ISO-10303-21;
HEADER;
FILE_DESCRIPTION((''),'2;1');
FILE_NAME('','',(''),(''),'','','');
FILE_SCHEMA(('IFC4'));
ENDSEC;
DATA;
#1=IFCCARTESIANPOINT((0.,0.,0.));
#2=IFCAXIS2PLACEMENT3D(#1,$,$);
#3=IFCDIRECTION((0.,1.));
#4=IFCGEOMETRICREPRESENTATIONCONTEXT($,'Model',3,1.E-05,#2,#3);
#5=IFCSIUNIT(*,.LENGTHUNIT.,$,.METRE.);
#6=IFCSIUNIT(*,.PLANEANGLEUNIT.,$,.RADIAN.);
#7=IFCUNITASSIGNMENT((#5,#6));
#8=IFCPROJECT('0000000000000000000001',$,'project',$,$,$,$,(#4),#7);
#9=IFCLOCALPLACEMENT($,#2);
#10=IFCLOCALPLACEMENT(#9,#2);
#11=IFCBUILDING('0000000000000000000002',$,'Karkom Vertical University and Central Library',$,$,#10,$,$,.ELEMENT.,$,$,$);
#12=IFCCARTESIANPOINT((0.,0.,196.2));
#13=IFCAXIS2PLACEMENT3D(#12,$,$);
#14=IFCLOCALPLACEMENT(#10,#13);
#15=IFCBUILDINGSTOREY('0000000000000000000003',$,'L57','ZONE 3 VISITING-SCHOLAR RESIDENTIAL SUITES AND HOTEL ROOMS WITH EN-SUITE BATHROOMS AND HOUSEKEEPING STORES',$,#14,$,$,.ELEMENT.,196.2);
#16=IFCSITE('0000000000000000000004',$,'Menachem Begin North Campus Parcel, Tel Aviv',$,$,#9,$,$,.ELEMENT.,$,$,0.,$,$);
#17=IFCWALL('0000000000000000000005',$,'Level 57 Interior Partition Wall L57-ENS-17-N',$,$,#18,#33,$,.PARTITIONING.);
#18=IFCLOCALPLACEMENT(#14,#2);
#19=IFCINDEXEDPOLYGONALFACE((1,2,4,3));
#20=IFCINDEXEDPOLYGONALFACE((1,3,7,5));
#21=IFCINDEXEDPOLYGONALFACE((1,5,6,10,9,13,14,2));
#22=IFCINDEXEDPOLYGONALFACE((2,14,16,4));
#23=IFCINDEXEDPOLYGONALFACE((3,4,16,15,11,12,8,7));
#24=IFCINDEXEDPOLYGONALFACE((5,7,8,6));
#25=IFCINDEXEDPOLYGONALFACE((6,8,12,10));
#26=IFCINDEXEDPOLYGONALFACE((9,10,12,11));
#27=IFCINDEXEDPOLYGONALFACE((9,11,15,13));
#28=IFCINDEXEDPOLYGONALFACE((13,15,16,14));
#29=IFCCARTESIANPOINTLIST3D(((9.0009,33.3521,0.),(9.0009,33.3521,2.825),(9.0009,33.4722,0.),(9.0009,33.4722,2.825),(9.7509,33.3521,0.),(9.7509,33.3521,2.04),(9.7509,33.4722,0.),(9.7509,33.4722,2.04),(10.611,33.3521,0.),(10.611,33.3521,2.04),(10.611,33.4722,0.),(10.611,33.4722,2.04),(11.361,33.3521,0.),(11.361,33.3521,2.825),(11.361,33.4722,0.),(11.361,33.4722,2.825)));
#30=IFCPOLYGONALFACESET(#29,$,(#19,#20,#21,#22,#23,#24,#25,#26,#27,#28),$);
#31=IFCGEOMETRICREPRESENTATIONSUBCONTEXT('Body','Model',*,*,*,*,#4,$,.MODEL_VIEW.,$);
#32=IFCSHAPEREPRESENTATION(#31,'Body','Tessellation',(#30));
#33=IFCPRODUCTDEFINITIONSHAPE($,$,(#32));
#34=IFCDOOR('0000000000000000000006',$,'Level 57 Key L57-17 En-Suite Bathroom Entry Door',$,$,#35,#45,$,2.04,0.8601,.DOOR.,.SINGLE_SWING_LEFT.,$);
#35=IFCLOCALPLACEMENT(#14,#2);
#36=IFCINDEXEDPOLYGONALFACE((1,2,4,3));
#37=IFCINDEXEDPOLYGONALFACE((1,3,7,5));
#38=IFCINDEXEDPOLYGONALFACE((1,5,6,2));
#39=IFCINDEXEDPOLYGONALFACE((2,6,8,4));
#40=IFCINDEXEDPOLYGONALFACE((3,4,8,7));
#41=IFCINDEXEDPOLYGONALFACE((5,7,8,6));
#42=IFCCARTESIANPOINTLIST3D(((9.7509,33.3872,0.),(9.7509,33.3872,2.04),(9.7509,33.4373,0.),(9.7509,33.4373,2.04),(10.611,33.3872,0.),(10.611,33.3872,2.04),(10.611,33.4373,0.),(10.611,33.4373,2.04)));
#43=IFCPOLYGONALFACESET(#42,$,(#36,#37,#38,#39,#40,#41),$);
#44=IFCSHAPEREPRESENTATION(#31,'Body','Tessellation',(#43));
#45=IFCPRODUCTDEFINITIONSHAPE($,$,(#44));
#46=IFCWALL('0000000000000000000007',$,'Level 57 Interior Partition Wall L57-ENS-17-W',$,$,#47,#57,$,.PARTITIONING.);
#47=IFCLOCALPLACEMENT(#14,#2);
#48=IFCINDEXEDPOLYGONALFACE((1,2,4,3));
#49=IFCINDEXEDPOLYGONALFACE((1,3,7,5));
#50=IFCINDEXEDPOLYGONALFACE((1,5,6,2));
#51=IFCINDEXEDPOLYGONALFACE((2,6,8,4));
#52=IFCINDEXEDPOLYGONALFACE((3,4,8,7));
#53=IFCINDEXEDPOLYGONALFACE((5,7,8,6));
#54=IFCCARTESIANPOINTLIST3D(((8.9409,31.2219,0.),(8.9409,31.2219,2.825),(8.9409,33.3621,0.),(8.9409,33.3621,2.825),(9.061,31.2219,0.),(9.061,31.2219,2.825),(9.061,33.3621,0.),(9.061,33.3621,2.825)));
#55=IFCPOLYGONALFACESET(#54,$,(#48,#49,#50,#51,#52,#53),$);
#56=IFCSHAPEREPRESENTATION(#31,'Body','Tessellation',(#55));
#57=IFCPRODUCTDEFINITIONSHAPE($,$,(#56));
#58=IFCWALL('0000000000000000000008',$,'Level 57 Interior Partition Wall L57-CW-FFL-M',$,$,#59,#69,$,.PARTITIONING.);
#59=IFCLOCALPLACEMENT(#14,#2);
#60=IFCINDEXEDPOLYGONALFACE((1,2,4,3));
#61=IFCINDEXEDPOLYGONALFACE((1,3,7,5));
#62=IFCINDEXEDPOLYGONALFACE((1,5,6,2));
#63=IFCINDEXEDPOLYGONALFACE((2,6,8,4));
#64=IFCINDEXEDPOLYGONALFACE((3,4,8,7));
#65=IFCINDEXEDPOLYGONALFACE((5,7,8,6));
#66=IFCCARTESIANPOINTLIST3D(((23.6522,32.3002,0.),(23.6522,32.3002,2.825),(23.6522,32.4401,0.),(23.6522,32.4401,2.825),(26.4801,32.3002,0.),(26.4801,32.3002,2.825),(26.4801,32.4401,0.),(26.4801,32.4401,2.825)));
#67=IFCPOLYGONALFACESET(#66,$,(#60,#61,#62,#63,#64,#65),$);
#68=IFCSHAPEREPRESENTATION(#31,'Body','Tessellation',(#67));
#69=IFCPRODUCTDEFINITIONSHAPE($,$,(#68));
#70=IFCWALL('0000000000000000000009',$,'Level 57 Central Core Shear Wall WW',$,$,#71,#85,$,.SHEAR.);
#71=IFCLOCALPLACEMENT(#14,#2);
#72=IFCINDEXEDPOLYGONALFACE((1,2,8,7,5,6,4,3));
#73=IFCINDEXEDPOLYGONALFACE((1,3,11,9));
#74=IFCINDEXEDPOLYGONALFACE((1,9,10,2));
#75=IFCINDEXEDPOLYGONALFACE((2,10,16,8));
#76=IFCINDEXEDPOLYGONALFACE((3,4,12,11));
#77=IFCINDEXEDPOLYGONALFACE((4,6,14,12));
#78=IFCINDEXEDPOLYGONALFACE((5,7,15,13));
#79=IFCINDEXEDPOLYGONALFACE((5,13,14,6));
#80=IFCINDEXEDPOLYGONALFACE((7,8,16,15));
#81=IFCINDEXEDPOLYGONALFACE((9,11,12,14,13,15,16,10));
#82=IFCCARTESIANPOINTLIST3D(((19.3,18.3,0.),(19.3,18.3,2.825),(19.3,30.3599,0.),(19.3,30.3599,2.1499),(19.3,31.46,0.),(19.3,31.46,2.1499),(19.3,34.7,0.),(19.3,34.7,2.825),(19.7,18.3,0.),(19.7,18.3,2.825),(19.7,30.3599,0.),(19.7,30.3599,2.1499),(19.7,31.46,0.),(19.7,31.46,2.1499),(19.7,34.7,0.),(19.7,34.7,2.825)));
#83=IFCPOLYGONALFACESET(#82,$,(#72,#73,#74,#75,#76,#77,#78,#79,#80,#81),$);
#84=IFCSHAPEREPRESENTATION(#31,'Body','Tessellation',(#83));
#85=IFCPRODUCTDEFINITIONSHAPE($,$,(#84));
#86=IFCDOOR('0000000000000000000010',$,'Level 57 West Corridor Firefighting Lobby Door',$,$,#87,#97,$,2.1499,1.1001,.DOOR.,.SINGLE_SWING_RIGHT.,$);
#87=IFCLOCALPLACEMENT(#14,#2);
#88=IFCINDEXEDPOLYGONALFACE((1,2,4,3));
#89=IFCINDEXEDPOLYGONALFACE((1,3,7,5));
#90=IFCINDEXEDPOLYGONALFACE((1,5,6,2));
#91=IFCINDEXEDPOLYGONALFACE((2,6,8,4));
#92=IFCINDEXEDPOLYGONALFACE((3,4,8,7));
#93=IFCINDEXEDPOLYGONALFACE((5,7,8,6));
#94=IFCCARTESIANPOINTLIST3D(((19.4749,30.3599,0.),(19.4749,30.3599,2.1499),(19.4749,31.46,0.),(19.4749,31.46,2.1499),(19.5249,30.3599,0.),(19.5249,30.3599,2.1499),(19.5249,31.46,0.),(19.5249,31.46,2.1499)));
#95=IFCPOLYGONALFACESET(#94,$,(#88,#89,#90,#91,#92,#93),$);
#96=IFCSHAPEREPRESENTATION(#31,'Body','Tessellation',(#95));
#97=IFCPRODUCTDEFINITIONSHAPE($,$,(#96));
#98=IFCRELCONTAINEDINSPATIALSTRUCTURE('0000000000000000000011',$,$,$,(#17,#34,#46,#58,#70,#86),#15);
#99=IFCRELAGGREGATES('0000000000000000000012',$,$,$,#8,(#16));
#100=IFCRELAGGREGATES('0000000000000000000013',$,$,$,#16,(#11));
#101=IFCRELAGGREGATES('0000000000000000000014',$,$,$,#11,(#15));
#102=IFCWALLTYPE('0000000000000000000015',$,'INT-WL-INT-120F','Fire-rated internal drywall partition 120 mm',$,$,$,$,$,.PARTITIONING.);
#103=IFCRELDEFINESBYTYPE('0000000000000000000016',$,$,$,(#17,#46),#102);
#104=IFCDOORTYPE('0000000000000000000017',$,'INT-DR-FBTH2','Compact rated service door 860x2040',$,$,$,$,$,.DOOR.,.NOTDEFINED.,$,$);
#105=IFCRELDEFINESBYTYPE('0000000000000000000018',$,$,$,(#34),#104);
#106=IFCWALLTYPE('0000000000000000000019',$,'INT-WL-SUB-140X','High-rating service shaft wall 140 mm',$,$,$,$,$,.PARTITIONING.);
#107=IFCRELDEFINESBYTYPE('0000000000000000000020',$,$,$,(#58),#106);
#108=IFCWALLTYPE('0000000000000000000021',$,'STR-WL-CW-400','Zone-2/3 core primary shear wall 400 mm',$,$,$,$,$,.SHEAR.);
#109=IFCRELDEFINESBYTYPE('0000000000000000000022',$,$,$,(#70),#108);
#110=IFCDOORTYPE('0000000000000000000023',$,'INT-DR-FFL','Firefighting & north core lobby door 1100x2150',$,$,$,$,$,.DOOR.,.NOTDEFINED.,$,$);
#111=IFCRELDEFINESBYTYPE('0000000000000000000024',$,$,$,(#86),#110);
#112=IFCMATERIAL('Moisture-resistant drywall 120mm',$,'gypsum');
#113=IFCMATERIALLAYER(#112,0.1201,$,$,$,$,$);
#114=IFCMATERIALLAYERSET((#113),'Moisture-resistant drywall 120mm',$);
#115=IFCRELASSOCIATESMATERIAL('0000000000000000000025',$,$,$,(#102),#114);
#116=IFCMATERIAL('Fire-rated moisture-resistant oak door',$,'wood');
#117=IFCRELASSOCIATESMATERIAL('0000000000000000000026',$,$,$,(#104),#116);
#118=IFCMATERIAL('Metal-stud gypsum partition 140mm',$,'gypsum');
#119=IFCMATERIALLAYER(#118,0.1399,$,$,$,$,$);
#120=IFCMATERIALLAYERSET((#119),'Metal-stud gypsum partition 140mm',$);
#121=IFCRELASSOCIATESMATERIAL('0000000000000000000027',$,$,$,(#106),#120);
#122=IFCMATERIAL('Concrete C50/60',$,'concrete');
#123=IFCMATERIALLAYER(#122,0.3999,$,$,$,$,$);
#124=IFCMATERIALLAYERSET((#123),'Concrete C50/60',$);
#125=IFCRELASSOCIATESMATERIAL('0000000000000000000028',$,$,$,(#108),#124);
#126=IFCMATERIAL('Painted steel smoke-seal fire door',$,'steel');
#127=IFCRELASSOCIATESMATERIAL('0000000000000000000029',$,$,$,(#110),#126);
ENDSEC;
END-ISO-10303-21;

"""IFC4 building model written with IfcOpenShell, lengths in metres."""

from ifc_helpers import new_model, si_unit, direction, frame, frame_2d, origin, origin_with_axes, place, context, subcontext, project, spatial, rectangle, extrude, source, transform, mapped, material, layer, layer_set, type_object, element, fill, save


model = new_model("IFC4")

# Units and contexts
model_context = context("Model", 3, precision=1e-05, world=origin(), true_north=direction((0.0, 1.0)))
body_context = subcontext(model_context, "Body", "Model", "MODEL_VIEW")
ifc_project = project(units=[si_unit("LENGTHUNIT", "METRE"), si_unit("PLANEANGLEUNIT", "RADIAN")], contexts=[model_context])

# Site, building, storey
site_placement = place(None, origin())
site = spatial("IfcSite", under=ifc_project, at=site_placement, Name="Menachem Begin North Campus Parcel, Tel Aviv", CompositionType="ELEMENT", RefElevation=0.0)
building_placement = place(site_placement, origin())
building = spatial("IfcBuilding", under=site, at=building_placement, Name="Karkom Vertical University and Central Library", CompositionType="ELEMENT")
storey_placement = place(building_placement, frame((0.0, 0.0, 196.2)))
storey = spatial("IfcBuildingStorey", under=building, at=storey_placement, Name="L57", Description="ZONE 3 VISITING-SCHOLAR RESIDENTIAL SUITES AND HOTEL ROOMS WITH EN-SUITE BATHROOMS AND HOUSEKEEPING STORES", CompositionType="ELEMENT", Elevation=196.2)

# Shared definitions
ifc_material_1 = material(Name="Concrete C50/60", Category="concrete")

# Wall, opening, door
ifc_material_2 = material(Name="Moisture-resistant drywall 120mm", Category="gypsum")
ifc_layer_1 = layer(ifc_material_2, 0.1201)
ifc_layer_set_1 = layer_set([ifc_layer_1], Name="Moisture-resistant drywall 120mm")
wall_type_1 = type_object("IfcWallType", Name="INT-WL-INT-120F", Description="Fire-rated internal drywall partition 120 mm", PredefinedType="PARTITIONING", material=ifc_layer_set_1)
wall_1_placement = place(storey_placement, frame((11.3611, 33.4121, 0.0), z_axis=(0.0, 0.0, 1.0), x_axis=(-1.0, 0.0, 0.0)))
wall_1 = element("IfcWall", 1, at=wall_1_placement, inside=storey, type_object=wall_type_1, Name="Level 57 Interior Partition Wall L57-ENS-17-N", PredefinedType="PARTITIONING", context=body_context, shape_type="SweptSolid", body=[
    extrude(rectangle(XDim=2.3601, YDim=0.1201, at=frame_2d((1.1802, 0.0))), origin(), (0.0, 0.0, 1.0), 2.825),
])
opening_1_placement = place(wall_1_placement, frame((0.75, 0.0, 0.0)))
opening_1 = element("IfcOpeningElement", 2, at=opening_1_placement, cuts=wall_1, PredefinedType="OPENING", context=body_context, shape_type="SweptSolid", body=[
    extrude(rectangle(XDim=0.8601, YDim=2.04, at=frame_2d((0.4302, 1.02))), frame((0.0, 0.0701, 0.0), z_axis=(0.0, -1.0, 0.0), x_axis=(1.0, 0.0, 0.0)), (0.0, 0.0, 1.0), 0.1401),
])
ifc_material_3 = material(Name="Fire-rated moisture-resistant oak door", Category="wood")
door_type_1 = type_object("IfcDoorType", Name="INT-DR-FBTH2", Description="Compact rated service door 860x2040", OperationType="NOTDEFINED", PredefinedType="DOOR", material=ifc_material_3)
shared_shape_1 = source(origin_with_axes(), body_context, "Body", "SweptSolid", [
    extrude(rectangle(XDim=0.8601, YDim=2.04, at=frame_2d((0.4302, 1.02))), frame((0.0, 0.0249, 0.0), z_axis=(0.0, -1.0, 0.0), x_axis=(1.0, 0.0, 0.0)), (0.0, 0.0, 1.0), 0.05),
])
door_1_placement = place(opening_1_placement, origin())
door_1 = element("IfcDoor", 3, at=door_1_placement, inside=storey, type_object=door_type_1, Name="Level 57 Key L57-17 En-Suite Bathroom Entry Door", OperationType="SINGLE_SWING_LEFT", OverallHeight=2.04, OverallWidth=0.8601, PredefinedType="DOOR", context=body_context, shape_type="MappedRepresentation", body=[
    mapped(shared_shape_1, transform((0.0, 0.0, 0.0), scale=1.0)),
])
fill(opening_1, door_1)

# Walls
wall_2_placement = place(storey_placement, frame((9.001, 33.3621, 0.0), z_axis=(0.0, 0.0, 1.0), x_axis=(0.0, -1.0, 0.0)))
element("IfcWall", 4, at=wall_2_placement, inside=storey, type_object=wall_type_1, Name="Level 57 Interior Partition Wall L57-ENS-17-W", PredefinedType="PARTITIONING", context=body_context, shape_type="SweptSolid", body=[
    extrude(rectangle(XDim=2.1401, YDim=0.1201, at=frame_2d((1.0701, 0.0))), origin(), (0.0, 0.0, 1.0), 2.825),
])
ifc_material_4 = material(Name="Metal-stud gypsum partition 140mm", Category="gypsum")
ifc_layer_2 = layer(ifc_material_4, 0.1399)
ifc_layer_set_2 = layer_set([ifc_layer_2], Name="Metal-stud gypsum partition 140mm")
wall_type_2 = type_object("IfcWallType", Name="INT-WL-SUB-140X", Description="High-rating service shaft wall 140 mm", PredefinedType="PARTITIONING", material=ifc_layer_set_2)
wall_3_placement = place(storey_placement, frame((23.6521, 32.3701, 0.0), z_axis=(0.0, 0.0, 1.0), x_axis=(1.0, 0.0, 0.0)))
element("IfcWall", 5, at=wall_3_placement, inside=storey, type_object=wall_type_2, Name="Level 57 Interior Partition Wall L57-CW-FFL-M", PredefinedType="PARTITIONING", context=body_context, shape_type="SweptSolid", body=[
    extrude(rectangle(XDim=2.8279, YDim=0.1399, at=frame_2d((1.4141, 0.0))), origin(), (0.0, 0.0, 1.0), 2.825),
])

# Wall, opening, door
ifc_layer_3 = layer(ifc_material_1, 0.3999)
ifc_layer_set_3 = layer_set([ifc_layer_3], Name="Concrete C50/60")
wall_type_3 = type_object("IfcWallType", Name="STR-WL-CW-400", Description="Zone-2/3 core primary shear wall 400 mm", PredefinedType="SHEAR", material=ifc_layer_set_3)
wall_4_placement = place(storey_placement, frame((19.5, 34.7, 0.0), z_axis=(0.0, 0.0, 1.0), x_axis=(0.0, -1.0, 0.0)))
wall_4 = element("IfcWall", 6, at=wall_4_placement, inside=storey, type_object=wall_type_3, Name="Level 57 Central Core Shear Wall WW", PredefinedType="SHEAR", context=body_context, shape_type="SweptSolid", body=[
    extrude(rectangle(XDim=16.3999, YDim=0.3999, at=frame_2d((8.2, 0.0))), origin(), (0.0, 0.0, 1.0), 2.825),
])
opening_2_placement = place(wall_4_placement, frame((3.24, 0.0, 0.0)))
opening_2 = element("IfcOpeningElement", 7, at=opening_2_placement, cuts=wall_4, PredefinedType="OPENING", context=body_context, shape_type="SweptSolid", body=[
    extrude(rectangle(XDim=1.1001, YDim=2.1499, at=frame_2d((0.55, 1.075))), frame((0.0, 0.21, 0.0), z_axis=(0.0, -1.0, 0.0), x_axis=(1.0, 0.0, 0.0)), (0.0, 0.0, 1.0), 0.4199),
])
ifc_material_5 = material(Name="Painted steel smoke-seal fire door", Category="steel")
door_type_2 = type_object("IfcDoorType", Name="INT-DR-FFL", Description="Firefighting & north core lobby door 1100x2150", OperationType="NOTDEFINED", PredefinedType="DOOR", material=ifc_material_5)
shared_shape_2 = source(origin_with_axes(), body_context, "Body", "SweptSolid", [
    extrude(rectangle(XDim=1.1001, YDim=2.1499, at=frame_2d((0.55, 1.075))), frame((0.0, 0.0249, 0.0), z_axis=(0.0, -1.0, 0.0), x_axis=(1.0, 0.0, 0.0)), (0.0, 0.0, 1.0), 0.05),
])
door_2_placement = place(opening_2_placement, origin())
door_2 = element("IfcDoor", 8, at=door_2_placement, inside=storey, type_object=door_type_2, Name="Level 57 West Corridor Firefighting Lobby Door", OperationType="SINGLE_SWING_RIGHT", OverallHeight=2.1499, OverallWidth=1.1001, PredefinedType="DOOR", context=body_context, shape_type="MappedRepresentation", body=[
    mapped(shared_shape_2, transform((0.0, 0.0, 0.0), scale=1.0)),
])
fill(opening_2, door_2)

save(model, "model.ifc")
